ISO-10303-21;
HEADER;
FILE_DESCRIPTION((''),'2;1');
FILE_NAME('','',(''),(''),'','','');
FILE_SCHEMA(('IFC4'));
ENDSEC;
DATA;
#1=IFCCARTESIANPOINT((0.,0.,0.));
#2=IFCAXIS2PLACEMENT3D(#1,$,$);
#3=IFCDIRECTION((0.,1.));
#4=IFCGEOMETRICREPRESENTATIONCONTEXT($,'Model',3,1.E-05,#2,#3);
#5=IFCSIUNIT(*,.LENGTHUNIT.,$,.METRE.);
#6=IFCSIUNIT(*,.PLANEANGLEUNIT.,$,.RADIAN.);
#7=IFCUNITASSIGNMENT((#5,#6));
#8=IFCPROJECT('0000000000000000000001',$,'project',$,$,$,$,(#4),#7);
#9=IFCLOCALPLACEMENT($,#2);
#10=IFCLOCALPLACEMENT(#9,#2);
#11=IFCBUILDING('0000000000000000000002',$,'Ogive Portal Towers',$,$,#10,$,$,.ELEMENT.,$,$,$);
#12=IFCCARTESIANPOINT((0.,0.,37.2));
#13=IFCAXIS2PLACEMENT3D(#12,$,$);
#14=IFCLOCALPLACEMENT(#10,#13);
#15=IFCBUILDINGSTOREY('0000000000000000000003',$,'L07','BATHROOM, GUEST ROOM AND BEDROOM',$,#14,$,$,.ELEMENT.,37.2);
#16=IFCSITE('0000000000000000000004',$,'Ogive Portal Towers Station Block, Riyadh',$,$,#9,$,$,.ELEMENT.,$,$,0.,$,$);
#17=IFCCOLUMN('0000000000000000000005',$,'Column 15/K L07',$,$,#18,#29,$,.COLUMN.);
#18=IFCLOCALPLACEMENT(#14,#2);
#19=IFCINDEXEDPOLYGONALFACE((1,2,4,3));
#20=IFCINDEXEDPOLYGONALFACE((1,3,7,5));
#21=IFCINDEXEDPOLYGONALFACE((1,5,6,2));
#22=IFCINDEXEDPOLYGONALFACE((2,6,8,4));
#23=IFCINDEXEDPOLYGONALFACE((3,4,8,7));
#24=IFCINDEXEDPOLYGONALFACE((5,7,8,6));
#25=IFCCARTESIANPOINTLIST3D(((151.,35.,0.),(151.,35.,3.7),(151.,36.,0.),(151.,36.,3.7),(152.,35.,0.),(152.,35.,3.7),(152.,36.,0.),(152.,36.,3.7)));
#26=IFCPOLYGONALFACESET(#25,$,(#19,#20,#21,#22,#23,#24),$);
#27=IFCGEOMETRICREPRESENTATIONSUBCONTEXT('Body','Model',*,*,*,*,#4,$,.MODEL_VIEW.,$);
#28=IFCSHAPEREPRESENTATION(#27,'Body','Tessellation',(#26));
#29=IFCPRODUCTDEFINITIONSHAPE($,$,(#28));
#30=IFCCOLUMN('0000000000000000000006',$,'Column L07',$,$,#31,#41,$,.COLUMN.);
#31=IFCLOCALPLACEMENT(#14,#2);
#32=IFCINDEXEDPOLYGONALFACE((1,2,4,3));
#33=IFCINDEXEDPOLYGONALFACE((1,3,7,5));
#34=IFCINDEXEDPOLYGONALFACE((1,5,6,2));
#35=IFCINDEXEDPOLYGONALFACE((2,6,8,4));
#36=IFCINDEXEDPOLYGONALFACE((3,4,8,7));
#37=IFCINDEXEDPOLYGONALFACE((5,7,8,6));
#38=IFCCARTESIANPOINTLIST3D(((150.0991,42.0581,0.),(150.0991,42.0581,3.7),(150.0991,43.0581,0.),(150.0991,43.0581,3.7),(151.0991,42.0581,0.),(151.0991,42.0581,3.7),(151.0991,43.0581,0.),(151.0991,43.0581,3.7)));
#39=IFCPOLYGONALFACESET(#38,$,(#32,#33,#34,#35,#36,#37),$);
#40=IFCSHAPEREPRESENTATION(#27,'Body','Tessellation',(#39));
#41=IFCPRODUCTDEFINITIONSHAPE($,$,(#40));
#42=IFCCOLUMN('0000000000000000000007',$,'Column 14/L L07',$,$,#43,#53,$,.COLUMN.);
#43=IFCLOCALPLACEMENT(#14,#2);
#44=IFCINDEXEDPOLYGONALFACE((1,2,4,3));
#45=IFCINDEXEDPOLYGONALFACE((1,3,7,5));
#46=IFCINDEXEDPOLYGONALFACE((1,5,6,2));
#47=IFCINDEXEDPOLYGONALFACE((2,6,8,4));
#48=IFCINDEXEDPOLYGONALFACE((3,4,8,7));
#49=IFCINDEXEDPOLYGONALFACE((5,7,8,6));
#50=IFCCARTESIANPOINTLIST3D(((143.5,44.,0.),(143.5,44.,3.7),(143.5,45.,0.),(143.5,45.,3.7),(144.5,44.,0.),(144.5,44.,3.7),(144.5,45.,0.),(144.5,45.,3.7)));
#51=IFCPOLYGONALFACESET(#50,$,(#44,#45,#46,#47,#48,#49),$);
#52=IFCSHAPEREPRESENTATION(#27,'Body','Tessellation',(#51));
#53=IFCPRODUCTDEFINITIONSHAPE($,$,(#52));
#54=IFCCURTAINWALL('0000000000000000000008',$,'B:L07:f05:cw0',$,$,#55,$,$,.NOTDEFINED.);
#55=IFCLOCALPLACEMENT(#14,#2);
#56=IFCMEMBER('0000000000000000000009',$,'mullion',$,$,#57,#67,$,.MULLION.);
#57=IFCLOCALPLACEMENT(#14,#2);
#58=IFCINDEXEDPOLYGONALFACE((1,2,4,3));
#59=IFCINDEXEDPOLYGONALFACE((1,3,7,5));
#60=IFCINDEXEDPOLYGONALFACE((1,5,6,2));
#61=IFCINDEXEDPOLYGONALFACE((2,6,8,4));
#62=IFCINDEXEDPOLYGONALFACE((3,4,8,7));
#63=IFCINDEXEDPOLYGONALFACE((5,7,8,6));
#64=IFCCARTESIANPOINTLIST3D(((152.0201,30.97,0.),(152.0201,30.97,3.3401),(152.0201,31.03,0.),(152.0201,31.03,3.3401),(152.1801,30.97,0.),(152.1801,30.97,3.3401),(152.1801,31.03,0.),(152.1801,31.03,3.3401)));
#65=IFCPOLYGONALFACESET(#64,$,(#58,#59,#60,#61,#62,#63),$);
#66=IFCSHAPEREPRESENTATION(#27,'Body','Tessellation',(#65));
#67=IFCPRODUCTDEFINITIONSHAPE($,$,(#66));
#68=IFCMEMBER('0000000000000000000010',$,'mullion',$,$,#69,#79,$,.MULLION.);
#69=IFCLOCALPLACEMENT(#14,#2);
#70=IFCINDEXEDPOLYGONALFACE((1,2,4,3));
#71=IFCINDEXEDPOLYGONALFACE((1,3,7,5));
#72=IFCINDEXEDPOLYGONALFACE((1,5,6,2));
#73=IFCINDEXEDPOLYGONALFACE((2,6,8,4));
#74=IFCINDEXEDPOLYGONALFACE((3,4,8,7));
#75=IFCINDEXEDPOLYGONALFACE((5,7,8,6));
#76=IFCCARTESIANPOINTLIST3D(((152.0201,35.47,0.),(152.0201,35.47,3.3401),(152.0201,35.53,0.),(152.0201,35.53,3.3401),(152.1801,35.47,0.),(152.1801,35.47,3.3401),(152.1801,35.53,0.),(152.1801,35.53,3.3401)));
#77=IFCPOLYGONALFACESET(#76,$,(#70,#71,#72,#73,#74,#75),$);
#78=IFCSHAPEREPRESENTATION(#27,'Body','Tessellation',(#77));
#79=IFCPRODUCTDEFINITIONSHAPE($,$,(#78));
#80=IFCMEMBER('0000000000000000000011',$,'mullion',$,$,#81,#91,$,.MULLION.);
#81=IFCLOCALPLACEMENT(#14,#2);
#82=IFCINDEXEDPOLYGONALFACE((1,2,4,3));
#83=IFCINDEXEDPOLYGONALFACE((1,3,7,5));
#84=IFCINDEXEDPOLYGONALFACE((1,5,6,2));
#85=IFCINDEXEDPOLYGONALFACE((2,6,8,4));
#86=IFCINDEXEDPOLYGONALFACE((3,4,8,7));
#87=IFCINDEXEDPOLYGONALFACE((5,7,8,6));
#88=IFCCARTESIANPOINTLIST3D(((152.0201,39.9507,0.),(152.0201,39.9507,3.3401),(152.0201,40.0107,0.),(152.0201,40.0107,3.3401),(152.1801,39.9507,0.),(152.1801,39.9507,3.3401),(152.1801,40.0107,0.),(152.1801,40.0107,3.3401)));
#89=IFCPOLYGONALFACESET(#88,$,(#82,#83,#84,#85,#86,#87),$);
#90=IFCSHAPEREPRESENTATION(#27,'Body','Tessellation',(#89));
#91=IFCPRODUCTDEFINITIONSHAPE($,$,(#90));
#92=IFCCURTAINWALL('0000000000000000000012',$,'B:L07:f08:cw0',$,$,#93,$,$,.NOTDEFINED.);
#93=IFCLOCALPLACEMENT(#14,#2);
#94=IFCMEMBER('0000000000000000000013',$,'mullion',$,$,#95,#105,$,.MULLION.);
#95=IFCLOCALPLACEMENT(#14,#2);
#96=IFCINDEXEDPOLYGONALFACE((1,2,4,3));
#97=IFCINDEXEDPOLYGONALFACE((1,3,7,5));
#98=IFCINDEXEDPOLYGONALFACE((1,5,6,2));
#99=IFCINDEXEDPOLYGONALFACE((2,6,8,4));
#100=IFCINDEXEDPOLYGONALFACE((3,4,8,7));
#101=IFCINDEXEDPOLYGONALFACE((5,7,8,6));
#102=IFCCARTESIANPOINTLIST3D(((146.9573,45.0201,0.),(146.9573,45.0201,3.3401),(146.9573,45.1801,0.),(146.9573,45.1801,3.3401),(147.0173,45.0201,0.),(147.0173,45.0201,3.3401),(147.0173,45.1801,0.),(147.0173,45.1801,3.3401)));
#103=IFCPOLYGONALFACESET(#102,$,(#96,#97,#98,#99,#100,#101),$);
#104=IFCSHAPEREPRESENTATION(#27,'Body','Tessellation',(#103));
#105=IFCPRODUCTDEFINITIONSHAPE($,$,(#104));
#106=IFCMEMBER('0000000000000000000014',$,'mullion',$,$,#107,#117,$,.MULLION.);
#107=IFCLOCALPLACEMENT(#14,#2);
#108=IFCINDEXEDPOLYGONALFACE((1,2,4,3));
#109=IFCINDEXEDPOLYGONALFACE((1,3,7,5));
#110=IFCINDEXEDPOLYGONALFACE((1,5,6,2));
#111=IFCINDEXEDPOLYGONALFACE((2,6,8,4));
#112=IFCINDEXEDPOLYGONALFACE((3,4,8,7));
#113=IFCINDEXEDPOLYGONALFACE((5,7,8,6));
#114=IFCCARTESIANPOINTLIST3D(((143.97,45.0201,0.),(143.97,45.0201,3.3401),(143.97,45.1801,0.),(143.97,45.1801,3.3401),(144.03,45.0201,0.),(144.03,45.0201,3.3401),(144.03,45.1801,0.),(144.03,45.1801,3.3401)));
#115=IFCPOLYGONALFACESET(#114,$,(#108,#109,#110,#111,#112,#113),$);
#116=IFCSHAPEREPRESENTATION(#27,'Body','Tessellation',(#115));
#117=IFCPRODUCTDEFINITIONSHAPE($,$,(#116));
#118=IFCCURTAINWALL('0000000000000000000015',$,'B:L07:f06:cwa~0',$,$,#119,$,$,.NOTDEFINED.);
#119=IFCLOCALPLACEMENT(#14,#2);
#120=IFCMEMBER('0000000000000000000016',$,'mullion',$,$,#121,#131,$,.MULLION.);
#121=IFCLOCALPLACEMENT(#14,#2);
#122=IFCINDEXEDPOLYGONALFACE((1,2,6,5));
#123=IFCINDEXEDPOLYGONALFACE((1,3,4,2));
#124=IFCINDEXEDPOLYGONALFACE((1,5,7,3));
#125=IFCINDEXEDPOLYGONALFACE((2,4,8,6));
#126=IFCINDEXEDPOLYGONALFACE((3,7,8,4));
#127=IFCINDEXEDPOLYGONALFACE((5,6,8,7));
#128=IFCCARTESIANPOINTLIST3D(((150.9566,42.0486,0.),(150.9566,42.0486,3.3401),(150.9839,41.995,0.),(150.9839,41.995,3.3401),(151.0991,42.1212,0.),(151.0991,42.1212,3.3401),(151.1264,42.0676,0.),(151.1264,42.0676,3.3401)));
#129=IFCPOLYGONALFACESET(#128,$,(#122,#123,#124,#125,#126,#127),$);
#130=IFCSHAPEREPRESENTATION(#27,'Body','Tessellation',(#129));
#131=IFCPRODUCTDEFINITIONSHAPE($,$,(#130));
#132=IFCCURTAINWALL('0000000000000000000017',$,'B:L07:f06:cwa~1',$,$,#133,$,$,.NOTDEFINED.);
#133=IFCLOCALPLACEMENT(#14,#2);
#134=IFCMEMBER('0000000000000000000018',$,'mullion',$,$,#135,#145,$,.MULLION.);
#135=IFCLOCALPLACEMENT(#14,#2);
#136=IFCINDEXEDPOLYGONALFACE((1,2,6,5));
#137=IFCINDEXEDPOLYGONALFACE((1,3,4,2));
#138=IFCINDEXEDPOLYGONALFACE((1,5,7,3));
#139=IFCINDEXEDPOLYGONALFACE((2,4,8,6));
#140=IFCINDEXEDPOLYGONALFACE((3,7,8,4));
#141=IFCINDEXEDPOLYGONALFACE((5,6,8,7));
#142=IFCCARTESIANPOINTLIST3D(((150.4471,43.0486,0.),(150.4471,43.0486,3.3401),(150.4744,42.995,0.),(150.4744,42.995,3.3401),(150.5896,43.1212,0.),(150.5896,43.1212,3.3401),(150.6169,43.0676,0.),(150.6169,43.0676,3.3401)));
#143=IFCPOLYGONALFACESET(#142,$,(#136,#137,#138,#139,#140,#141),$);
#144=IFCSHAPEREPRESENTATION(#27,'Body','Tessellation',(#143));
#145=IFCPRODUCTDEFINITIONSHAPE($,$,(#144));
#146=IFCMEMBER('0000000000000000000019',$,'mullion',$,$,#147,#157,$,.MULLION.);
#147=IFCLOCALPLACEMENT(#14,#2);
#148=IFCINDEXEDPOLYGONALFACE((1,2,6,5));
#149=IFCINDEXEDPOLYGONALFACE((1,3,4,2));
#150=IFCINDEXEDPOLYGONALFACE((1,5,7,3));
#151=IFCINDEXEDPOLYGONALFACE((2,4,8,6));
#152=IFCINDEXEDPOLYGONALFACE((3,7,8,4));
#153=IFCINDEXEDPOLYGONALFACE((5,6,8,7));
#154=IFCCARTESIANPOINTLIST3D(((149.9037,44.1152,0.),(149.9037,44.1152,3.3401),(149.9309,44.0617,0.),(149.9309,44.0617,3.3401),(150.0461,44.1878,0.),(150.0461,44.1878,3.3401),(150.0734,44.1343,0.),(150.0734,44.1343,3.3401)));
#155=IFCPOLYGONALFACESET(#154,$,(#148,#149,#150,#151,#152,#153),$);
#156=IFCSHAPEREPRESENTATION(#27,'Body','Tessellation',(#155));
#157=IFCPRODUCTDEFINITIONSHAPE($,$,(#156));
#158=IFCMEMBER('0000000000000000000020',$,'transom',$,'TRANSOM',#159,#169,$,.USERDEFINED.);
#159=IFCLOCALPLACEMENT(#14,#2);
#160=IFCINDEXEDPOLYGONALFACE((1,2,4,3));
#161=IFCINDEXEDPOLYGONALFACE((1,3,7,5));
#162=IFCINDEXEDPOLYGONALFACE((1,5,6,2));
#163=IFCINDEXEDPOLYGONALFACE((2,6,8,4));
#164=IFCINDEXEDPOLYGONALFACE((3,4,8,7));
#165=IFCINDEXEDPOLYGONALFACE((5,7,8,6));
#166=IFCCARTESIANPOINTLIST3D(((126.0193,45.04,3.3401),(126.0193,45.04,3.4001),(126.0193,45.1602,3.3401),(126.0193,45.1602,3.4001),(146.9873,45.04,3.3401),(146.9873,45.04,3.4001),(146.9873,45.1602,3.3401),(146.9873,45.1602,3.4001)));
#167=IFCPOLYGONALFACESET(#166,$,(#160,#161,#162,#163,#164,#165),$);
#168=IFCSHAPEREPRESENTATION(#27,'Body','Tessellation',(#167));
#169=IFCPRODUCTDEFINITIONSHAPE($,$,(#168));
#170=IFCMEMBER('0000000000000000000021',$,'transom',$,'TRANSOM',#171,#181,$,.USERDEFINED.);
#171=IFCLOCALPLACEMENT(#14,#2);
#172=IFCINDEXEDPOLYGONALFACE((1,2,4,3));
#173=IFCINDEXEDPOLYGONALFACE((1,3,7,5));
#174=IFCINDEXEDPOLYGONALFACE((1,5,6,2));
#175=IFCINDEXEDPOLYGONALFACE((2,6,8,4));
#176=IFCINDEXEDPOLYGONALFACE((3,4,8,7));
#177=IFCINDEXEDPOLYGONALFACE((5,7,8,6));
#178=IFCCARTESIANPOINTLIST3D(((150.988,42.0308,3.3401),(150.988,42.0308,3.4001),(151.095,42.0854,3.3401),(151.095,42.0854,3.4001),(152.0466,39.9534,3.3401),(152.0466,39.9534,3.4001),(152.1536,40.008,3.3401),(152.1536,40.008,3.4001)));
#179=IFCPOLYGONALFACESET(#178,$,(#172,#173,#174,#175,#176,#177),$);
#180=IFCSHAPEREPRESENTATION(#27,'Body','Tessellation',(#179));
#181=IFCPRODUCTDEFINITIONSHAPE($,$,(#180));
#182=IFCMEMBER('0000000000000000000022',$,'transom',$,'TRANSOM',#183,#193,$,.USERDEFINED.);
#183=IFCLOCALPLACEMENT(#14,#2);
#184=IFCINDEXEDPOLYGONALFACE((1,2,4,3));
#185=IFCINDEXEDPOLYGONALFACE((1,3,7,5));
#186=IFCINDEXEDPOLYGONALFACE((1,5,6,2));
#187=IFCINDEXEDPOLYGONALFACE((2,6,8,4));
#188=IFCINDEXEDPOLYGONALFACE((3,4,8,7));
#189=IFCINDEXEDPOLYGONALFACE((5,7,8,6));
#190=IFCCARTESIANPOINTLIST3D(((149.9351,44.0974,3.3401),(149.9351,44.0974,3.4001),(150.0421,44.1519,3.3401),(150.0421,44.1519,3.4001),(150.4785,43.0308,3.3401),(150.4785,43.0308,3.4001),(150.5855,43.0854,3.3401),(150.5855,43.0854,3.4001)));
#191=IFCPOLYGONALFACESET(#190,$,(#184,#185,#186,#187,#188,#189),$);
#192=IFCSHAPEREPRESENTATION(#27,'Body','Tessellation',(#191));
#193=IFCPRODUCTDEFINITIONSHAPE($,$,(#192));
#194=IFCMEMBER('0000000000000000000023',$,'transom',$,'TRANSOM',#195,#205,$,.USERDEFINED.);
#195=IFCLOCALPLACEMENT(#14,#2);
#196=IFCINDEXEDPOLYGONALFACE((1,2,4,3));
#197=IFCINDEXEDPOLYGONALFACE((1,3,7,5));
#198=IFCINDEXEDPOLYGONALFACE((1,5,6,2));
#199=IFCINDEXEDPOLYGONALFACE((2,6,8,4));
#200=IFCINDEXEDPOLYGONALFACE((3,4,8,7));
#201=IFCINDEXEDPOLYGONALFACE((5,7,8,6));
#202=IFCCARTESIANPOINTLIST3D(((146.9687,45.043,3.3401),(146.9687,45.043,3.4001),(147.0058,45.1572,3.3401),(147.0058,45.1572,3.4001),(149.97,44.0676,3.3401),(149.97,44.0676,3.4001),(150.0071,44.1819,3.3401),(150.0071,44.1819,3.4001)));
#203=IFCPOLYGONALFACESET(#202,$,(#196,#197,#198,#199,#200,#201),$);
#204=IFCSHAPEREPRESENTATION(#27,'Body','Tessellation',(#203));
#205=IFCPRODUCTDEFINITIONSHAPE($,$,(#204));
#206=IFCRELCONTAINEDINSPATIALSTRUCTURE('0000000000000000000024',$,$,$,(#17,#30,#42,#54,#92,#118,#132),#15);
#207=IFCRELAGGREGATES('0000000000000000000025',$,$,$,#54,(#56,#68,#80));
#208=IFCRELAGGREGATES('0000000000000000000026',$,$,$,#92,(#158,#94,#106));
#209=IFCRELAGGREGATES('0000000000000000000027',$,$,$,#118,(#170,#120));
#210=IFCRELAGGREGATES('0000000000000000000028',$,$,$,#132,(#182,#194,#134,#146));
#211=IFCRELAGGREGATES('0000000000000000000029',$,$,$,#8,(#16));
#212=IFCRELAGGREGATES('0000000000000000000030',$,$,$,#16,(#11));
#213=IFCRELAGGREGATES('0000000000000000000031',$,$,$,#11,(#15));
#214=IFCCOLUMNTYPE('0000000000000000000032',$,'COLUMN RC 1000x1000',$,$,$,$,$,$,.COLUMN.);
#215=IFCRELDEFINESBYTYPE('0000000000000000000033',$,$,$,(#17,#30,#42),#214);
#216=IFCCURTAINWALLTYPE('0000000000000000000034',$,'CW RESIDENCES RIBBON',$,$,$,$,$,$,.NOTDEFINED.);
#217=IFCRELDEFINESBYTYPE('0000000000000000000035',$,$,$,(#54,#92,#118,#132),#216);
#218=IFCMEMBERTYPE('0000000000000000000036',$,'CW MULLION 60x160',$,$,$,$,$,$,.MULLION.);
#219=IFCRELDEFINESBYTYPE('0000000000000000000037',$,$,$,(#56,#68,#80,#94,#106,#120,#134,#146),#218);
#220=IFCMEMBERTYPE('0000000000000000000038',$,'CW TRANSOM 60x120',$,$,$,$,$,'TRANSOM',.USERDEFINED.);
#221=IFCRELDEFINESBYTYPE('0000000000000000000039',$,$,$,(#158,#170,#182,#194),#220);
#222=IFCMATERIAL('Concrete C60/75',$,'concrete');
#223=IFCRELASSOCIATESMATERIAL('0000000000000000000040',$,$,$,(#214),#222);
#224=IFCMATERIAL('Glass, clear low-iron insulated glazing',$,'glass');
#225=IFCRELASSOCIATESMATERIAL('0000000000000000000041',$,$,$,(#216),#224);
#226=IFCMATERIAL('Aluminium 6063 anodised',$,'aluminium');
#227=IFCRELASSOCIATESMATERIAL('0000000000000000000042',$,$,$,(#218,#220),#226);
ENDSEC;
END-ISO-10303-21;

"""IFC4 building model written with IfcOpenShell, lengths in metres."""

from ifc_helpers import new_model, si_unit, direction, frame, origin, origin_2d, place, context, subcontext, project, spatial, rectangle, extrude, material, material_profile, profile_set, type_object, element, aggregate, save


model = new_model("IFC4")

# Units and contexts
model_context = context("Model", 3, precision=1e-05, world=origin(), true_north=direction((0.0, 1.0)))
body_context = subcontext(model_context, "Body", "Model", "MODEL_VIEW")
ifc_project = project(units=[si_unit("LENGTHUNIT", "METRE"), si_unit("PLANEANGLEUNIT", "RADIAN")], contexts=[model_context])

# Site, building, storey
site_placement = place(None, origin())
site = spatial("IfcSite", under=ifc_project, at=site_placement, Name="Ogive Portal Towers Station Block, Riyadh", CompositionType="ELEMENT", RefElevation=0.0)
building_placement = place(site_placement, origin())
building = spatial("IfcBuilding", under=site, at=building_placement, Name="Ogive Portal Towers", CompositionType="ELEMENT")
storey_placement = place(building_placement, frame((0.0, 0.0, 37.2)))
storey = spatial("IfcBuildingStorey", under=building, at=storey_placement, Name="L07", Description="BATHROOM, GUEST ROOM AND BEDROOM", CompositionType="ELEMENT", Elevation=37.2)

# Columns
ifc_material_1 = material(Name="Concrete C60/75", Category="concrete")
ifc_material_profile_1 = material_profile(ifc_material_1, rectangle(XDim=1.0, YDim=1.0, at=origin_2d()), Name="RC 1000x1000")
ifc_profile_set_1 = profile_set([ifc_material_profile_1], Name="Concrete C60/75")
column_type = type_object("IfcColumnType", Name="COLUMN RC 1000x1000", PredefinedType="COLUMN", material=ifc_profile_set_1)
for number, where, z_axis, x_axis, name in (
    (1, (151.5, 35.5, 0.0), (0.0, 0.0, 1.0), (1.0, 0.0, 0.0), "Column 15/K L07"),
    (2, (150.5991, 42.5581, 0.0), (0.0, 0.0, 1.0), (1.0, 0.0, 0.0), "Column L07"),
    (3, (144.0, 44.5, 0.0), (0.0, 0.0, 1.0), (1.0, 0.0, 0.0), "Column 14/L L07"),
):
    element("IfcColumn", number, at=place(storey_placement, frame(where, z_axis=z_axis, x_axis=x_axis)), inside=storey, type_object=column_type, Name=name, PredefinedType="COLUMN", context=body_context, shape_type="SweptSolid", body=[
        extrude(rectangle(XDim=1.0, YDim=1.0, at=origin_2d()), origin(), (0.0, 0.0, 1.0), 3.7),
    ])

# Curtain walls, members
ifc_material_2 = material(Name="Glass, clear low-iron insulated glazing", Category="glass")
curtain_wall_type = type_object("IfcCurtainWallType", Name="CW RESIDENCES RIBBON", PredefinedType="NOTDEFINED", material=ifc_material_2)
curtain_wall_1_placement = place(storey_placement, origin())
curtain_wall_1 = element("IfcCurtainWall", 4, at=curtain_wall_1_placement, inside=storey, type_object=curtain_wall_type, Name="B:L07:f05:cw0", PredefinedType="NOTDEFINED")
ifc_material_3 = material(Name="Aluminium 6063 anodised", Category="aluminium")
ifc_material_profile_2 = material_profile(ifc_material_3, rectangle(XDim=0.1599, YDim=0.0601, at=origin_2d()), Name="AL 60x160")
ifc_profile_set_2 = profile_set([ifc_material_profile_2], Name="Aluminium 6063 anodised")
member_type_1 = type_object("IfcMemberType", Name="CW MULLION 60x160", PredefinedType="MULLION", material=ifc_profile_set_2)
member_1_placement = place(storey_placement, frame((152.1001, 31.0, 0.0), z_axis=(0.0, 0.0, 1.0), x_axis=(-1.0, 0.0, 0.0)))
member_1 = element("IfcMember", 5, at=member_1_placement, type_object=member_type_1, Name="mullion", PredefinedType="MULLION", context=body_context, shape_type="SweptSolid", body=[
    extrude(rectangle(XDim=0.1599, YDim=0.0601, at=origin_2d()), origin(), (0.0, 0.0, 1.0), 3.3401),
])
member_2_placement = place(storey_placement, frame((152.1001, 35.5, 0.0), z_axis=(0.0, 0.0, 1.0), x_axis=(-1.0, 0.0, 0.0)))
member_2 = element("IfcMember", 6, at=member_2_placement, type_object=member_type_1, Name="mullion", PredefinedType="MULLION", context=body_context, shape_type="SweptSolid", body=[
    extrude(rectangle(XDim=0.1599, YDim=0.0601, at=origin_2d()), origin(), (0.0, 0.0, 1.0), 3.3401),
])
member_3_placement = place(storey_placement, frame((152.1001, 39.9807, 0.0), z_axis=(0.0, 0.0, 1.0), x_axis=(-1.0, 0.0, 0.0)))
member_3 = element("IfcMember", 7, at=member_3_placement, type_object=member_type_1, Name="mullion", PredefinedType="MULLION", context=body_context, shape_type="SweptSolid", body=[
    extrude(rectangle(XDim=0.1599, YDim=0.0601, at=origin_2d()), origin(), (0.0, 0.0, 1.0), 3.3401),
])
curtain_wall_2_placement = place(storey_placement, origin())
curtain_wall_2 = element("IfcCurtainWall", 8, at=curtain_wall_2_placement, inside=storey, type_object=curtain_wall_type, Name="B:L07:f08:cw0", PredefinedType="NOTDEFINED")
member_4_placement = place(storey_placement, frame((146.9873, 45.1001, 0.0), z_axis=(0.0, 0.0, 1.0), x_axis=(0.0, -1.0, 0.0)))
member_4 = element("IfcMember", 9, at=member_4_placement, type_object=member_type_1, Name="mullion", PredefinedType="MULLION", context=body_context, shape_type="SweptSolid", body=[
    extrude(rectangle(XDim=0.1599, YDim=0.0601, at=origin_2d()), origin(), (0.0, 0.0, 1.0), 3.3401),
])
member_5_placement = place(storey_placement, frame((144.0, 45.1001, 0.0), z_axis=(0.0, 0.0, 1.0), x_axis=(0.0, -1.0, 0.0)))
member_5 = element("IfcMember", 10, at=member_5_placement, type_object=member_type_1, Name="mullion", PredefinedType="MULLION", context=body_context, shape_type="SweptSolid", body=[
    extrude(rectangle(XDim=0.1599, YDim=0.0601, at=origin_2d()), origin(), (0.0, 0.0, 1.0), 3.3401),
])

# Curtain wall, member
curtain_wall_3_placement = place(storey_placement, origin())
curtain_wall_3 = element("IfcCurtainWall", 11, at=curtain_wall_3_placement, inside=storey, type_object=curtain_wall_type, Name="B:L07:f06:cwa~0", PredefinedType="NOTDEFINED")
member_6_placement = place(storey_placement, frame((151.0415, 42.0581, 0.0), z_axis=(0.0, 0.0, 1.0), x_axis=(-0.891007, -0.45399, 0.0)))
member_6 = element("IfcMember", 12, at=member_6_placement, type_object=member_type_1, Name="mullion", PredefinedType="MULLION", context=body_context, shape_type="SweptSolid", body=[
    extrude(rectangle(XDim=0.1599, YDim=0.0601, at=origin_2d()), origin(), (0.0, 0.0, 1.0), 3.3401),
])

# Curtain wall, members
curtain_wall_4_placement = place(storey_placement, origin())
curtain_wall_4 = element("IfcCurtainWall", 13, at=curtain_wall_4_placement, inside=storey, type_object=curtain_wall_type, Name="B:L07:f06:cwa~1", PredefinedType="NOTDEFINED")
member_7_placement = place(storey_placement, frame((150.532, 43.0581, 0.0), z_axis=(0.0, 0.0, 1.0), x_axis=(-0.891007, -0.45399, 0.0)))
member_7 = element("IfcMember", 14, at=member_7_placement, type_object=member_type_1, Name="mullion", PredefinedType="MULLION", context=body_context, shape_type="SweptSolid", body=[
    extrude(rectangle(XDim=0.1599, YDim=0.0601, at=origin_2d()), origin(), (0.0, 0.0, 1.0), 3.3401),
])
member_8_placement = place(storey_placement, frame((149.9885, 44.1248, 0.0), z_axis=(0.0, 0.0, 1.0), x_axis=(-0.891007, -0.45399, 0.0)))
member_8 = element("IfcMember", 15, at=member_8_placement, type_object=member_type_1, Name="mullion", PredefinedType="MULLION", context=body_context, shape_type="SweptSolid", body=[
    extrude(rectangle(XDim=0.1599, YDim=0.0601, at=origin_2d()), origin(), (0.0, 0.0, 1.0), 3.3401),
])

# Members
ifc_material_profile_3 = material_profile(ifc_material_3, rectangle(XDim=0.1201, YDim=0.0601, at=origin_2d()), Name="AL 120x60")
ifc_profile_set_3 = profile_set([ifc_material_profile_3], Name="Aluminium 6063 anodised")
member_type_2 = type_object("IfcMemberType", Name="CW TRANSOM 60x120", ElementType="TRANSOM", PredefinedType="USERDEFINED", material=ifc_profile_set_3)
member_9_placement = place(storey_placement, frame((146.9873, 45.1001, 3.3701), z_axis=(-1.0, 0.0, 0.0), x_axis=(0.0, -1.0, 0.0)))
member_9 = element("IfcMember", 16, at=member_9_placement, type_object=member_type_2, Name="transom", ObjectType="TRANSOM", PredefinedType="USERDEFINED", context=body_context, shape_type="SweptSolid", body=[
    extrude(rectangle(XDim=0.1201, YDim=0.0601, at=origin_2d()), origin(), (0.0, 0.0, 1.0), 20.968),
])
member_10_placement = place(storey_placement, frame((152.1001, 39.9807, 3.3701), z_axis=(-0.454028, 0.890988, 0.0), x_axis=(-0.890988, -0.454028, 0.0)))
member_10 = element("IfcMember", 17, at=member_10_placement, type_object=member_type_2, Name="transom", ObjectType="TRANSOM", PredefinedType="USERDEFINED", context=body_context, shape_type="SweptSolid", body=[
    extrude(rectangle(XDim=0.1201, YDim=0.0601, at=origin_2d()), origin(), (0.0, 0.0, 1.0), 2.3315),
])
member_11_placement = place(storey_placement, frame((150.532, 43.0581, 3.3701), z_axis=(-0.453972, 0.891016, 0.0), x_axis=(-0.891016, -0.453972, 0.0)))
member_11 = element("IfcMember", 18, at=member_11_placement, type_object=member_type_2, Name="transom", ObjectType="TRANSOM", PredefinedType="USERDEFINED", context=body_context, shape_type="SweptSolid", body=[
    extrude(rectangle(XDim=0.1201, YDim=0.0601, at=origin_2d()), origin(), (0.0, 0.0, 1.0), 1.197),
])
member_12_placement = place(storey_placement, frame((149.9885, 44.1248, 3.3701), z_axis=(-0.951039, 0.30907, 0.0), x_axis=(-0.30907, -0.951039, 0.0)))
member_12 = element("IfcMember", 19, at=member_12_placement, type_object=member_type_2, Name="transom", ObjectType="TRANSOM", PredefinedType="USERDEFINED", context=body_context, shape_type="SweptSolid", body=[
    extrude(rectangle(XDim=0.1201, YDim=0.0601, at=origin_2d()), origin(), (0.0, 0.0, 1.0), 3.1558),
])

aggregate(curtain_wall_1, [member_1, member_2, member_3])
aggregate(curtain_wall_2, [member_9, member_4, member_5])
aggregate(curtain_wall_3, [member_10, member_6])
aggregate(curtain_wall_4, [member_11, member_12, member_7, member_8])

save(model, "model.ifc")
